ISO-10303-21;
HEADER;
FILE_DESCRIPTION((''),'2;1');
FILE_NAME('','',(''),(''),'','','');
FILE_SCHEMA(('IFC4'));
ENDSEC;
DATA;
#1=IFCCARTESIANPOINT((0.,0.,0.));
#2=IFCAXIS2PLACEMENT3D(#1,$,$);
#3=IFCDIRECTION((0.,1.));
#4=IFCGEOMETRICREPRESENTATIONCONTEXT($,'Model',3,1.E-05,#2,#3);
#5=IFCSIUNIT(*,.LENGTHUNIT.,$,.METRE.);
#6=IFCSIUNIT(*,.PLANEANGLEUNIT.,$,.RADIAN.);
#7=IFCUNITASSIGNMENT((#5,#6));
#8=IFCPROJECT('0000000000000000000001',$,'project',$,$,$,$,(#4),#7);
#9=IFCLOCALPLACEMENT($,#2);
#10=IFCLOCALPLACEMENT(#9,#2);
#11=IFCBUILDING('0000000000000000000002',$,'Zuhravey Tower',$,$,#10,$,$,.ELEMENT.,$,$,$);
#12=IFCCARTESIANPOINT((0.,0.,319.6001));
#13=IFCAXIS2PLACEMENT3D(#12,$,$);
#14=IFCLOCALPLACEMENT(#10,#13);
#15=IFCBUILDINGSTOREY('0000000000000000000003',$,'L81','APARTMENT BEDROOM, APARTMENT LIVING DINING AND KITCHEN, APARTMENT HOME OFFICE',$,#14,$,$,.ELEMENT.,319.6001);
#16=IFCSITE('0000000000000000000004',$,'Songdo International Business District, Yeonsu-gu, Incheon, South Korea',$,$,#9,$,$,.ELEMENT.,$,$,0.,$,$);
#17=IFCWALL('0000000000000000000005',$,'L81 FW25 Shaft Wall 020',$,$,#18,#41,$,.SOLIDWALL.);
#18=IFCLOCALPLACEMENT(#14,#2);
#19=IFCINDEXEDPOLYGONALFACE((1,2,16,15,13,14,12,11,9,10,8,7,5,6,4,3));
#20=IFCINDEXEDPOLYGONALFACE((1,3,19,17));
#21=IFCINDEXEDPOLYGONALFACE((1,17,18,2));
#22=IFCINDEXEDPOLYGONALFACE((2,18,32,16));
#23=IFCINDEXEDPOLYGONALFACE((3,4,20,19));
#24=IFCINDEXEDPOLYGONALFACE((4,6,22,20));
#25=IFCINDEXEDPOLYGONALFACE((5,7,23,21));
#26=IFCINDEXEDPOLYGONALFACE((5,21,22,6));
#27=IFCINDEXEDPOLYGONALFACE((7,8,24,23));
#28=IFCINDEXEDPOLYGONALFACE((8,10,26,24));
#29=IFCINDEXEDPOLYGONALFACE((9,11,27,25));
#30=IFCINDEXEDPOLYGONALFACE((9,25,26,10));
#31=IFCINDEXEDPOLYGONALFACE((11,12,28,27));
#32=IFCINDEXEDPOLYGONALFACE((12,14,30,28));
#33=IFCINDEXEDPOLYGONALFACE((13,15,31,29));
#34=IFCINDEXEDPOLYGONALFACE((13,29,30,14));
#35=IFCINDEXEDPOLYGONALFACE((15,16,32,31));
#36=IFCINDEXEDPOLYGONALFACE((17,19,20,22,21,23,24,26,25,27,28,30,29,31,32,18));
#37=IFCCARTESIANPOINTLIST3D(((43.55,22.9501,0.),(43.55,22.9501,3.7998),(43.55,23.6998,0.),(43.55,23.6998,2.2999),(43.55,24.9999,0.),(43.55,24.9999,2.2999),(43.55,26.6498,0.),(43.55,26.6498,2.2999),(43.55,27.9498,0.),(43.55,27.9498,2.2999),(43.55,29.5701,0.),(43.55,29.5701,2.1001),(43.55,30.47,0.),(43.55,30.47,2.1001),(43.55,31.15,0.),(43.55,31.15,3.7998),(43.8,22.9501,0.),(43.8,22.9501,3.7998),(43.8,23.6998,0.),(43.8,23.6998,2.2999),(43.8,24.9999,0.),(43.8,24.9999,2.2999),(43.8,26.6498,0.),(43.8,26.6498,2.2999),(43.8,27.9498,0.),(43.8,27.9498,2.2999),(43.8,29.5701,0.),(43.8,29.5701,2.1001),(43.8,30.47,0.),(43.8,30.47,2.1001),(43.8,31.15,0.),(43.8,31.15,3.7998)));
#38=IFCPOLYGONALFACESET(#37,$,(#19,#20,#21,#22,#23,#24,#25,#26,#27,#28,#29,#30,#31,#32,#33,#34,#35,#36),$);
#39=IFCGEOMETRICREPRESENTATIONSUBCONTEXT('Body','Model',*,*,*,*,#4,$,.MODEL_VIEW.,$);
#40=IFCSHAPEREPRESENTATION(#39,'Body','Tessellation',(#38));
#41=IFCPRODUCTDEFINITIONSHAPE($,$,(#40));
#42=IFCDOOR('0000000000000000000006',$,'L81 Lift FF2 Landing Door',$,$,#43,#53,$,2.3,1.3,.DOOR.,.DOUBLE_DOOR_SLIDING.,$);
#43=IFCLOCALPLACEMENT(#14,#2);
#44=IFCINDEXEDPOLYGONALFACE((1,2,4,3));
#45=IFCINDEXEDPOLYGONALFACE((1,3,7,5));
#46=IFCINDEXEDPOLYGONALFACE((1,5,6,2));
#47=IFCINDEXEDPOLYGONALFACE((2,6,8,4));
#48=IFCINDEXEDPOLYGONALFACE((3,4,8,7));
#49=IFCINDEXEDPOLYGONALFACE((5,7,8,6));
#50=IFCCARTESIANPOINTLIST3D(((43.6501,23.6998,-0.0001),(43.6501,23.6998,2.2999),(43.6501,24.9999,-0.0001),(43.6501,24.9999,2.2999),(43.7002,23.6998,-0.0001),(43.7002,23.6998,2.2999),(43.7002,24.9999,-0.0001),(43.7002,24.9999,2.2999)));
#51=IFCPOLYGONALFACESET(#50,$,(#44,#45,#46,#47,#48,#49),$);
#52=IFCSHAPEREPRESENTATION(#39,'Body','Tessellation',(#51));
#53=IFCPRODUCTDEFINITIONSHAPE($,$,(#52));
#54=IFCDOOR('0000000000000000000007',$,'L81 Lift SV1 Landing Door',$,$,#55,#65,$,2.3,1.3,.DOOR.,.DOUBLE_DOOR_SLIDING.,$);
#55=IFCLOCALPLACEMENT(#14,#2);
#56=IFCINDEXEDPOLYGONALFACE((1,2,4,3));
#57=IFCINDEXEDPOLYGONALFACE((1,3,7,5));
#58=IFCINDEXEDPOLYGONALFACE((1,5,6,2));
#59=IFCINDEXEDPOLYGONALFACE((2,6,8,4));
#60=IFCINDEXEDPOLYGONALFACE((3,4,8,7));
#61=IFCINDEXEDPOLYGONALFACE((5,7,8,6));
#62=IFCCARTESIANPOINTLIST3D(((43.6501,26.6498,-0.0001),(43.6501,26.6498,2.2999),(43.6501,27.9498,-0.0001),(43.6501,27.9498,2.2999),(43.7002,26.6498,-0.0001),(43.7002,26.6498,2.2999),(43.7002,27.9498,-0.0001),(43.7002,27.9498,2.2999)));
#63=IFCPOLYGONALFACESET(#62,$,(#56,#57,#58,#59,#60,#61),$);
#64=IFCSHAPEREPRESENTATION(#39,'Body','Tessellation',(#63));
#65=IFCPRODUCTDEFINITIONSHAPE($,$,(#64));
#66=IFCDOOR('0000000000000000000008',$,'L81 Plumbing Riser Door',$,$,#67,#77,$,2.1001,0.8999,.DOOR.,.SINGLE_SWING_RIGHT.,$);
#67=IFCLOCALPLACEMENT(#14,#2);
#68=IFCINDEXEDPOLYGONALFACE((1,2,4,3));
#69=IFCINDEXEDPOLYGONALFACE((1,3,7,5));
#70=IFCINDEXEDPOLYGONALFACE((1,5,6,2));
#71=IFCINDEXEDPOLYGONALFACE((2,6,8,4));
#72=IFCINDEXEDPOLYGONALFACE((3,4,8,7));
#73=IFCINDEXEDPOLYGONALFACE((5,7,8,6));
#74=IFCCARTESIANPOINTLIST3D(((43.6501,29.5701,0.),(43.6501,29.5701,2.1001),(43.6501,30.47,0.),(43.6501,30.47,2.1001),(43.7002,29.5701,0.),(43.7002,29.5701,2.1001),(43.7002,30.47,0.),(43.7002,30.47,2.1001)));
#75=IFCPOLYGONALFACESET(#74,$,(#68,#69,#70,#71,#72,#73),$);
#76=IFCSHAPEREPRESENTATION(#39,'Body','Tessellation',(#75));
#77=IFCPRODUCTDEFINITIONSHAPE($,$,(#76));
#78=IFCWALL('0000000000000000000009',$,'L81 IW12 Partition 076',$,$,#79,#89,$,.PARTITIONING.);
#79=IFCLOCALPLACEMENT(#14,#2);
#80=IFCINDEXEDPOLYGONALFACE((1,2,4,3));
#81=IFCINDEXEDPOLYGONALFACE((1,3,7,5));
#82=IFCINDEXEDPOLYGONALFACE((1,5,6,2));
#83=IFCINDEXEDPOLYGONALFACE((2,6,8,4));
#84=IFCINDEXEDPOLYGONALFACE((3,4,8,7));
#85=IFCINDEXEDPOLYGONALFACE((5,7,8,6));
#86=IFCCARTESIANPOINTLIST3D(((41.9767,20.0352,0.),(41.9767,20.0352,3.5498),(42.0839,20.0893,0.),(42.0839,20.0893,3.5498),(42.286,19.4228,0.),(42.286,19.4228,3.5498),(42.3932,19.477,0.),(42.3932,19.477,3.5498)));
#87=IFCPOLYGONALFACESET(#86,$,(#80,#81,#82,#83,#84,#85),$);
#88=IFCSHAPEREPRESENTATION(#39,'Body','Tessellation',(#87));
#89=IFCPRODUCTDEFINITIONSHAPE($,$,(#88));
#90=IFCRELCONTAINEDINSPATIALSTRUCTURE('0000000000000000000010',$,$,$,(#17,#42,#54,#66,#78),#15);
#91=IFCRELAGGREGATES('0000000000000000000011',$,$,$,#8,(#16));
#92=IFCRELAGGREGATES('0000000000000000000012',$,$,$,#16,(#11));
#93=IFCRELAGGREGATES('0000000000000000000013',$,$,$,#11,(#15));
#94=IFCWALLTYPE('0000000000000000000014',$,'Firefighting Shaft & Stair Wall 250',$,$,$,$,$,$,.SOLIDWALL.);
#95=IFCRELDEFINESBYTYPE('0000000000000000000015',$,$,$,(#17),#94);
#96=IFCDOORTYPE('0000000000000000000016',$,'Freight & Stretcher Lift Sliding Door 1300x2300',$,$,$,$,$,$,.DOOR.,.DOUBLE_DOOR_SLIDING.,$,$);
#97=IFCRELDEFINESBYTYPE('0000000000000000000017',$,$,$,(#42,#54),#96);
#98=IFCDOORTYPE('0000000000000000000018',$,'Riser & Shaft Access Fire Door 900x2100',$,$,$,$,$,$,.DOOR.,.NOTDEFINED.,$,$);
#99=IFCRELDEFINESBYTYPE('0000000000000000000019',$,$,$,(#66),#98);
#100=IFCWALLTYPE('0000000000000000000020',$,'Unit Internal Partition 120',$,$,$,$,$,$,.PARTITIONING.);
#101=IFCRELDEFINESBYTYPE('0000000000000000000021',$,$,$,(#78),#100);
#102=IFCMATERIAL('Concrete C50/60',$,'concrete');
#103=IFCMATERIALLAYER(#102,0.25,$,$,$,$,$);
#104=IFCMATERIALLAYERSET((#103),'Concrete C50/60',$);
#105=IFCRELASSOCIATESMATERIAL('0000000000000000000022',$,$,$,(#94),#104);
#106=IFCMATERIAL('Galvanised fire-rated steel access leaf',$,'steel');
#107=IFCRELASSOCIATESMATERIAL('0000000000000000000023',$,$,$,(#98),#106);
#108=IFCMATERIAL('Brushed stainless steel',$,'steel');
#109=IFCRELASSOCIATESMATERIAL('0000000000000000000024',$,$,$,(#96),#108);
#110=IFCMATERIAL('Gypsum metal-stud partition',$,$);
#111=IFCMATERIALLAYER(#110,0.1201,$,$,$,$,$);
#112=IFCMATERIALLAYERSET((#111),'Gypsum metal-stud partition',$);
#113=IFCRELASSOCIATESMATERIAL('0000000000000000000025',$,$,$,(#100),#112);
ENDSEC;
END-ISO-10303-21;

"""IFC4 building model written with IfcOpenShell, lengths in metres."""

from ifc_helpers import new_model, si_unit, direction, frame, frame_2d, origin, place, context, subcontext, project, spatial, rectangle, extrude, material, layer, layer_set, type_object, element, fill, save


model = new_model("IFC4")

# Units and contexts
model_context = context("Model", 3, precision=1e-05, world=origin(), true_north=direction((0.0, 1.0)))
body_context = subcontext(model_context, "Body", "Model", "MODEL_VIEW")
ifc_project = project(units=[si_unit("LENGTHUNIT", "METRE"), si_unit("PLANEANGLEUNIT", "RADIAN")], contexts=[model_context])

# Site, building, storey
site_placement = place(None, origin())
site = spatial("IfcSite", under=ifc_project, at=site_placement, Name="Songdo International Business District, Yeonsu-gu, Incheon, South Korea", CompositionType="ELEMENT", RefElevation=0.0)
building_placement = place(site_placement, origin())
building = spatial("IfcBuilding", under=site, at=building_placement, Name="Zuhravey Tower", CompositionType="ELEMENT")
storey_placement = place(building_placement, frame((0.0, 0.0, 319.6001)))
storey = spatial("IfcBuildingStorey", under=building, at=storey_placement, Name="L81", Description="APARTMENT BEDROOM, APARTMENT LIVING DINING AND KITCHEN, APARTMENT HOME OFFICE", CompositionType="ELEMENT", Elevation=319.6001)

# Shared definitions
ifc_material_1 = material(Name="Concrete C50/60", Category="concrete")

# Shared definitions
ifc_layer_1 = layer(ifc_material_1, 0.25)
ifc_layer_set_1 = layer_set([ifc_layer_1], Name="Concrete C50/60")
wall_type_1 = type_object("IfcWallType", Name="Firefighting Shaft & Stair Wall 250", PredefinedType="SOLIDWALL", material=ifc_layer_set_1)

# Shared definitions
ifc_material_2 = material(Name="Brushed stainless steel", Category="steel")
ifc_material_3 = material(Name="Galvanised fire-rated steel access leaf", Category="steel")
door_type_1 = type_object("IfcDoorType", Name="Riser & Shaft Access Fire Door 900x2100", OperationType="NOTDEFINED", PredefinedType="DOOR", material=ifc_material_3)

# Wall, openings, doors
wall_1_placement = place(storey_placement, frame((43.675, 22.95, 0.0), z_axis=(0.0, 0.0, 1.0), x_axis=(0.0, 1.0, 0.0)))
wall_1 = element("IfcWall", 1, at=wall_1_placement, inside=storey, type_object=wall_type_1, Name="L81 FW25 Shaft Wall 020", PredefinedType="SOLIDWALL", context=body_context, shape_type="SweptSolid", body=[
    extrude(rectangle(XDim=8.2, YDim=0.25, at=frame_2d((4.1001, 0.0))), origin(), (0.0, 0.0, 1.0), 3.7998),
])
opening_1_placement = place(wall_1_placement, frame((0.75, 0.0, 0.0)))
opening_1 = element("IfcOpeningElement", 2, at=opening_1_placement, cuts=wall_1, PredefinedType="OPENING", context=body_context, shape_type="SweptSolid", body=[
    extrude(rectangle(XDim=1.3, YDim=2.3, at=frame_2d((0.6499, 1.1499))), frame((0.0, 0.137, 0.0), z_axis=(0.0, -1.0, 0.0), x_axis=(1.0, 0.0, 0.0)), (0.0, 0.0, 1.0), 0.2739),
])
opening_2_placement = place(wall_1_placement, frame((3.7, 0.0, 0.0)))
opening_2 = element("IfcOpeningElement", 3, at=opening_2_placement, cuts=wall_1, PredefinedType="OPENING", context=body_context, shape_type="SweptSolid", body=[
    extrude(rectangle(XDim=1.3, YDim=2.3, at=frame_2d((0.6499, 1.1499))), frame((0.0, 0.137, 0.0), z_axis=(0.0, -1.0, 0.0), x_axis=(1.0, 0.0, 0.0)), (0.0, 0.0, 1.0), 0.2739),
])
opening_3_placement = place(wall_1_placement, frame((6.6201, 0.0, 0.0)))
opening_3 = element("IfcOpeningElement", 4, at=opening_3_placement, cuts=wall_1, PredefinedType="OPENING", context=body_context, shape_type="SweptSolid", body=[
    extrude(rectangle(XDim=0.8999, YDim=2.1001, at=frame_2d((0.45, 1.05))), frame((0.0, 0.137, 0.0), z_axis=(0.0, -1.0, 0.0), x_axis=(1.0, 0.0, 0.0)), (0.0, 0.0, 1.0), 0.2739),
])
door_type_2 = type_object("IfcDoorType", Name="Freight & Stretcher Lift Sliding Door 1300x2300", OperationType="DOUBLE_DOOR_SLIDING", PredefinedType="DOOR", material=ifc_material_2)
door_1_placement = place(opening_1_placement, origin())
door_1 = element("IfcDoor", 5, at=door_1_placement, inside=storey, type_object=door_type_2, Name="L81 Lift FF2 Landing Door", OperationType="DOUBLE_DOOR_SLIDING", OverallHeight=2.3, OverallWidth=1.3, PredefinedType="DOOR", context=body_context, shape_type="SweptSolid", body=[
    extrude(rectangle(XDim=1.3, YDim=2.3, at=frame_2d((0.6499, 1.1499))), frame((0.0, 0.0249, 0.0), z_axis=(0.0, -1.0, 0.0), x_axis=(1.0, 0.0, 0.0)), (0.0, 0.0, 1.0), 0.05),
])
fill(opening_1, door_1)
door_2_placement = place(opening_2_placement, origin())
door_2 = element("IfcDoor", 6, at=door_2_placement, inside=storey, type_object=door_type_2, Name="L81 Lift SV1 Landing Door", OperationType="DOUBLE_DOOR_SLIDING", OverallHeight=2.3, OverallWidth=1.3, PredefinedType="DOOR", context=body_context, shape_type="SweptSolid", body=[
    extrude(rectangle(XDim=1.3, YDim=2.3, at=frame_2d((0.6499, 1.1499))), frame((0.0, 0.0249, 0.0), z_axis=(0.0, -1.0, 0.0), x_axis=(1.0, 0.0, 0.0)), (0.0, 0.0, 1.0), 0.05),
])
fill(opening_2, door_2)
door_3_placement = place(opening_3_placement, origin())
door_3 = element("IfcDoor", 7, at=door_3_placement, inside=storey, type_object=door_type_1, Name="L81 Plumbing Riser Door", OperationType="SINGLE_SWING_RIGHT", OverallHeight=2.1001, OverallWidth=0.8999, PredefinedType="DOOR", context=body_context, shape_type="SweptSolid", body=[
    extrude(rectangle(XDim=0.8999, YDim=2.1001, at=frame_2d((0.45, 1.05))), frame((0.0, 0.0249, 0.0), z_axis=(0.0, -1.0, 0.0), x_axis=(1.0, 0.0, 0.0)), (0.0, 0.0, 1.0), 0.05),
])
fill(opening_3, door_3)

# Wall
ifc_material_4 = material(Name="Gypsum metal-stud partition")
ifc_layer_2 = layer(ifc_material_4, 0.1201)
ifc_layer_set_2 = layer_set([ifc_layer_2], Name="Gypsum metal-stud partition")
wall_type_2 = type_object("IfcWallType", Name="Unit Internal Partition 120", PredefinedType="PARTITIONING", material=ifc_layer_set_2)
wall_2_placement = place(storey_placement, frame((42.0303, 20.0623, 0.0), z_axis=(0.0, 0.0, 1.0), x_axis=(0.450911, -0.892569, 0.0)))
element("IfcWall", 8, at=wall_2_placement, inside=storey, type_object=wall_type_2, Name="L81 IW12 Partition 076", PredefinedType="PARTITIONING", context=body_context, shape_type="SweptSolid", body=[
    extrude(rectangle(XDim=0.686, YDim=0.1201, at=frame_2d((0.343, 0.0))), origin(), (0.0, 0.0, 1.0), 3.5498),
])

save(model, "model.ifc")
